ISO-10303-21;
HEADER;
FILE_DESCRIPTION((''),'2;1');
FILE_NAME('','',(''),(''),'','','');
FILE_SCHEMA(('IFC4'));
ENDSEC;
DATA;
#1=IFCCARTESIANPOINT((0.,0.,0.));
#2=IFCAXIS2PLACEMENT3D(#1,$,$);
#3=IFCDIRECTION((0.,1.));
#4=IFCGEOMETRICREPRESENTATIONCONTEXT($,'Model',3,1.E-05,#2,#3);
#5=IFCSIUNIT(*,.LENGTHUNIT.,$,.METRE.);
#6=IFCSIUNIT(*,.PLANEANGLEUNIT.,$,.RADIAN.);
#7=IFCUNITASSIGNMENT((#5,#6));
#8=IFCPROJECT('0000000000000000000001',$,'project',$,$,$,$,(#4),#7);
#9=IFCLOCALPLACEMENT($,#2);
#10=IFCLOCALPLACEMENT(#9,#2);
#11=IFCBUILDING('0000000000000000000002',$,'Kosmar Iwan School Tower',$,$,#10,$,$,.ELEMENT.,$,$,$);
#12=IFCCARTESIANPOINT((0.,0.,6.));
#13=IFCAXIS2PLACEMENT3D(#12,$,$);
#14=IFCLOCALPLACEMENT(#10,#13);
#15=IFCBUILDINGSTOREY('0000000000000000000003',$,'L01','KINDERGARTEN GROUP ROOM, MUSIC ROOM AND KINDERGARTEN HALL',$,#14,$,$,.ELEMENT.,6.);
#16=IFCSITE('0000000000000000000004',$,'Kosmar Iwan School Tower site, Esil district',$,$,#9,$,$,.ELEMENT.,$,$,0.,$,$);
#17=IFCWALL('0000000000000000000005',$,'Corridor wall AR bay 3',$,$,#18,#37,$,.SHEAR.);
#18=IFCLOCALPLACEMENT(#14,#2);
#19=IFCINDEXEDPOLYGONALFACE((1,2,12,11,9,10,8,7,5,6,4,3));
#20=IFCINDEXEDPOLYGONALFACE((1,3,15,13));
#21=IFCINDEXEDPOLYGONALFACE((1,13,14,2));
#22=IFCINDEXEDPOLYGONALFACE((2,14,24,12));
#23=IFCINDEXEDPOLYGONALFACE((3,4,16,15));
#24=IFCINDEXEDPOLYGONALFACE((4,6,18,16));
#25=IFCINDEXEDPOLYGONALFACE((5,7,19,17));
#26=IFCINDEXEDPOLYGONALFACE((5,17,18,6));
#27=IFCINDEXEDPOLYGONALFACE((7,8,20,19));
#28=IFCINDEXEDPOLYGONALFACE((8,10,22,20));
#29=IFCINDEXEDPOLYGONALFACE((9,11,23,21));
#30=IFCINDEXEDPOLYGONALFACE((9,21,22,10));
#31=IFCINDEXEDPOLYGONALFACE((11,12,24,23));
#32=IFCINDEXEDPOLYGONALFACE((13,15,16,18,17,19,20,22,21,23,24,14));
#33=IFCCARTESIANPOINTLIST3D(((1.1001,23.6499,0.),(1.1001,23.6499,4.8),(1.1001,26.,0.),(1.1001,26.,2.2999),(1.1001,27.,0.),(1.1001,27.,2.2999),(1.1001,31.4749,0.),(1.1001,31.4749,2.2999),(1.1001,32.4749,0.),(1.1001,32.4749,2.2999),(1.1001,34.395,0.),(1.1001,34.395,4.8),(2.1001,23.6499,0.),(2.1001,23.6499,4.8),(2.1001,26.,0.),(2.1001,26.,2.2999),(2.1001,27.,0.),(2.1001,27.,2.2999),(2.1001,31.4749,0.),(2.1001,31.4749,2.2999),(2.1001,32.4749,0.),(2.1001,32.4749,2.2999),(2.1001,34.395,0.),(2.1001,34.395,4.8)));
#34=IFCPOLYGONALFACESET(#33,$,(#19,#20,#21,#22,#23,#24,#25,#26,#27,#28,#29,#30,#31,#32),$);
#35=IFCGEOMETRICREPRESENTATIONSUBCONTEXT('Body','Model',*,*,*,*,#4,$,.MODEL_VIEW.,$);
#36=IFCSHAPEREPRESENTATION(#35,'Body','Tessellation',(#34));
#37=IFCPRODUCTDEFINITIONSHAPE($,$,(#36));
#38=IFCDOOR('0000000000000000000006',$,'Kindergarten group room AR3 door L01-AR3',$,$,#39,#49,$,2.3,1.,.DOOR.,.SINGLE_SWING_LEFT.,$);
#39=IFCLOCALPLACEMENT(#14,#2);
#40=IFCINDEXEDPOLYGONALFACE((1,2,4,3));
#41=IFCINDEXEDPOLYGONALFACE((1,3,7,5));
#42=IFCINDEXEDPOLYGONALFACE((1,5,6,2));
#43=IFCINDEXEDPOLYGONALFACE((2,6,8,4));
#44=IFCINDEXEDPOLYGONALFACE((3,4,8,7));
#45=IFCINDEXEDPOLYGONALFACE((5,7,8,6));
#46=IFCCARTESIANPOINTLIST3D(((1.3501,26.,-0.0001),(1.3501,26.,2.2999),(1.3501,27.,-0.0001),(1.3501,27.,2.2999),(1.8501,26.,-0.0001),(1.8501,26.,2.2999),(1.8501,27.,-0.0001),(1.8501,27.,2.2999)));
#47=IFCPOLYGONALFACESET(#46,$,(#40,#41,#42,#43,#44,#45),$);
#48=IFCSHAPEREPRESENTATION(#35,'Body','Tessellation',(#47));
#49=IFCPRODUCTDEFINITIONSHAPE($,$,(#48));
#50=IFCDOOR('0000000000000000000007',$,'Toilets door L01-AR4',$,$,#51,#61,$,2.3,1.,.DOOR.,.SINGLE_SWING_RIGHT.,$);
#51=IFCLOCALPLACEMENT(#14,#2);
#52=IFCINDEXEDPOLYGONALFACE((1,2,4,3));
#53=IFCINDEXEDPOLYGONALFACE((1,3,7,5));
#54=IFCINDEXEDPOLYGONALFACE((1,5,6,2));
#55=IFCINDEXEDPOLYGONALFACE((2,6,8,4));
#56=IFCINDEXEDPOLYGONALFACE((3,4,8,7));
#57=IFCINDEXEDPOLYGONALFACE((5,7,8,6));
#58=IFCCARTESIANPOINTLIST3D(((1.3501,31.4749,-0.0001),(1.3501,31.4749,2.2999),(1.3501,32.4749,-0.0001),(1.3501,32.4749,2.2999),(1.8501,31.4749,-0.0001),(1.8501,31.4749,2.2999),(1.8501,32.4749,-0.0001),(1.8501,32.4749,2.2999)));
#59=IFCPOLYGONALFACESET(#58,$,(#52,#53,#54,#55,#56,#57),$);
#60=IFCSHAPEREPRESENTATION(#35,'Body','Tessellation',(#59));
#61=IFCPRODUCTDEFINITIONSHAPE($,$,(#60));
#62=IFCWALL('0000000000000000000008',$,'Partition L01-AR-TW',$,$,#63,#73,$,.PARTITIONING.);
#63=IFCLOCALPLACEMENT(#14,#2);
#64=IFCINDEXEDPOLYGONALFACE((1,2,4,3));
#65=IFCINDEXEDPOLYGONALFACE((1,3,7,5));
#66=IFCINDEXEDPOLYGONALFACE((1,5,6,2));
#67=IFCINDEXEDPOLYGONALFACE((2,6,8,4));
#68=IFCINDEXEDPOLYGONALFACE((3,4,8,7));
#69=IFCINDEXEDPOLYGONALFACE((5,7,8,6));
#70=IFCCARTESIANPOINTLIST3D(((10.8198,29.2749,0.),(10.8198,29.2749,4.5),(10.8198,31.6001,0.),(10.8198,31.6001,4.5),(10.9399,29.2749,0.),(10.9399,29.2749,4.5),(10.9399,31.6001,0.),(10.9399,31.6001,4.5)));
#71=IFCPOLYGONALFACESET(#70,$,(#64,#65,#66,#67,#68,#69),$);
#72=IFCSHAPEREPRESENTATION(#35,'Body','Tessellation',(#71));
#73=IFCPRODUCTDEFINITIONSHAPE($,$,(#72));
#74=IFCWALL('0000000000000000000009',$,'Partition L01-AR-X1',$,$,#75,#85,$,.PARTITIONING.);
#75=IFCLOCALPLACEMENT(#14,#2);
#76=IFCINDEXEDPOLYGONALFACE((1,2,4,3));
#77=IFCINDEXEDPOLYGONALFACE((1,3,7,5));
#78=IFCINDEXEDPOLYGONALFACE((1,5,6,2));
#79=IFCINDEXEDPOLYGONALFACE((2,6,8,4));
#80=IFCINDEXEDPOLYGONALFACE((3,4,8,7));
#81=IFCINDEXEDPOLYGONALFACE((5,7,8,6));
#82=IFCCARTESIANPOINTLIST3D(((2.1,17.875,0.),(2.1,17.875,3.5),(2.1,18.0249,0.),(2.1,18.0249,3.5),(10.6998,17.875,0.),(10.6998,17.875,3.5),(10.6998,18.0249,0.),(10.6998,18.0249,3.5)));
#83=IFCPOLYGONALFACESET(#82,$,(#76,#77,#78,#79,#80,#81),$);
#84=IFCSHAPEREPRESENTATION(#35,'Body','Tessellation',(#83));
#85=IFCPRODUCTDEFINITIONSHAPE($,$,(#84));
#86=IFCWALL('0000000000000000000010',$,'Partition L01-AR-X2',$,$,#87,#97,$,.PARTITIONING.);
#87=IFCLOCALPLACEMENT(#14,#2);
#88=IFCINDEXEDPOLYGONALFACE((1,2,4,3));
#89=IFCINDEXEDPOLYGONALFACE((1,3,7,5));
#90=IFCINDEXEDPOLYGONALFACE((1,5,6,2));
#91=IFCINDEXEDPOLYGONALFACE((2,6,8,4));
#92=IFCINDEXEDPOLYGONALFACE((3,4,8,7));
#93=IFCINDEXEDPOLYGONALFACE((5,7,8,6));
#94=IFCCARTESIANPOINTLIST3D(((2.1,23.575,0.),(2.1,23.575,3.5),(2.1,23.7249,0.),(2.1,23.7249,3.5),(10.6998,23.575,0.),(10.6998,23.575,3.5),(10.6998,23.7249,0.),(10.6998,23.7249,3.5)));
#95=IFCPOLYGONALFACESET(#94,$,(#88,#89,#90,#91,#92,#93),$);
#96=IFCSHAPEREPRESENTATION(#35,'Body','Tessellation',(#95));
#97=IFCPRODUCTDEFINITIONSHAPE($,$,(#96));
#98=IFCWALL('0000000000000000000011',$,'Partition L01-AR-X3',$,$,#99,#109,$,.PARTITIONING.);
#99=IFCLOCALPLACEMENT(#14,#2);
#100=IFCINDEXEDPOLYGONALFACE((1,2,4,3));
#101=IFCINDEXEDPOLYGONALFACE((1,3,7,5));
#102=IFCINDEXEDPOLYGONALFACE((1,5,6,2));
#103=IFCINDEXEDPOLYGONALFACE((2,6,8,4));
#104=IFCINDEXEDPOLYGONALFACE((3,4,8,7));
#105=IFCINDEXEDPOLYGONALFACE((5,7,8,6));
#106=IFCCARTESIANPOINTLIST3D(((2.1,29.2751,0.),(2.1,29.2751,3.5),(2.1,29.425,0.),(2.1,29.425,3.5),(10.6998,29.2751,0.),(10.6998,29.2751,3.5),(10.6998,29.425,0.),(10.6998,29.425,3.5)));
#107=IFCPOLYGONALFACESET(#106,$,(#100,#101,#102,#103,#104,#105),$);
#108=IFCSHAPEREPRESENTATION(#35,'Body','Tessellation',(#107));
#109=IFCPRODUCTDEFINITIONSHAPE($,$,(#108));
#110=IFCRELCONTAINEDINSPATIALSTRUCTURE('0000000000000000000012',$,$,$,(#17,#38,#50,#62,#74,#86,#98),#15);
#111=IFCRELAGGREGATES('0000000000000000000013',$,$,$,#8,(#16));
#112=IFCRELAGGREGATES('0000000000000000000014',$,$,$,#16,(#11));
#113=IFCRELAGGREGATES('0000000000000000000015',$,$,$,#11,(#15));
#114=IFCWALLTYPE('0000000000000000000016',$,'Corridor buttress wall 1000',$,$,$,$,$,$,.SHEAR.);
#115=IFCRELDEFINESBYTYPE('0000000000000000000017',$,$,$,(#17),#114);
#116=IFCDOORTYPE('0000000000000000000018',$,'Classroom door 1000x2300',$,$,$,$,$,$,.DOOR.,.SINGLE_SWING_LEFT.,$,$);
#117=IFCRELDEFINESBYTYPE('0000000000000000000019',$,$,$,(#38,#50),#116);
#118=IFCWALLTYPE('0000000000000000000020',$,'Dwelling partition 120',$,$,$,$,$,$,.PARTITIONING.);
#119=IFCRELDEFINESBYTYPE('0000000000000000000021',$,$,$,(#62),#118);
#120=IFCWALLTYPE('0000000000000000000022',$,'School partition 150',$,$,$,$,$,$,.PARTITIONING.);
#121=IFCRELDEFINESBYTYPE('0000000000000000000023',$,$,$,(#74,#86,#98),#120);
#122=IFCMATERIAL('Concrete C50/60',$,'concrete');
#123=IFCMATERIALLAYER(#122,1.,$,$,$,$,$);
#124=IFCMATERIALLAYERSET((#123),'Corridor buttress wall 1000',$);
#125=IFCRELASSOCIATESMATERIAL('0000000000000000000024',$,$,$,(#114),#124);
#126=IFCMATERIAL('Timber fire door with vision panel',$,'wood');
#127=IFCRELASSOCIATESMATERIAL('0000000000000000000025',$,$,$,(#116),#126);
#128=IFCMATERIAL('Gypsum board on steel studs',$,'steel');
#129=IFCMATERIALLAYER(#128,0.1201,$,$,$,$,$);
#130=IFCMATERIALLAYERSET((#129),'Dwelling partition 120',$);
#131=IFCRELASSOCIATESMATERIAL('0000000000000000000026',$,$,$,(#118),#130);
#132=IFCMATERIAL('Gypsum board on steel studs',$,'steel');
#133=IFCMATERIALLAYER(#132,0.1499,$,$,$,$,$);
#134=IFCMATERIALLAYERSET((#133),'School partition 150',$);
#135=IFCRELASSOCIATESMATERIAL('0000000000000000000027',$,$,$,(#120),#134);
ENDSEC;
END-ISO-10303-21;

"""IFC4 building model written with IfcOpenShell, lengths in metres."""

from ifc_helpers import new_model, si_unit, direction, frame, frame_2d, origin, place, context, subcontext, project, spatial, rectangle, extrude, material, layer, layer_set, type_object, element, fill, save


model = new_model("IFC4")

# Units and contexts
model_context = context("Model", 3, precision=1e-05, world=origin(), true_north=direction((0.0, 1.0)))
body_context = subcontext(model_context, "Body", "Model", "MODEL_VIEW")
ifc_project = project(units=[si_unit("LENGTHUNIT", "METRE"), si_unit("PLANEANGLEUNIT", "RADIAN")], contexts=[model_context])

# Site, building, storey
site_placement = place(None, origin())
site = spatial("IfcSite", under=ifc_project, at=site_placement, Name="Kosmar Iwan School Tower site, Esil district", CompositionType="ELEMENT", RefElevation=0.0)
building_placement = place(site_placement, origin())
building = spatial("IfcBuilding", under=site, at=building_placement, Name="Kosmar Iwan School Tower", CompositionType="ELEMENT")
storey_placement = place(building_placement, frame((0.0, 0.0, 6.0)))
storey = spatial("IfcBuildingStorey", under=building, at=storey_placement, Name="L01", Description="KINDERGARTEN GROUP ROOM, MUSIC ROOM AND KINDERGARTEN HALL", CompositionType="ELEMENT", Elevation=6.0)

# Shared definitions
ifc_material_1 = material(Name="Concrete C50/60", Category="concrete")
ifc_layer_1 = layer(ifc_material_1, 1.0)
ifc_layer_set_1 = layer_set([ifc_layer_1], Name="Corridor buttress wall 1000")
wall_type_1 = type_object("IfcWallType", Name="Corridor buttress wall 1000", PredefinedType="SHEAR", material=ifc_layer_set_1)
ifc_material_2 = material(Name="Timber fire door with vision panel", Category="wood")
door_type = type_object("IfcDoorType", Name="Classroom door 1000x2300", OperationType="SINGLE_SWING_LEFT", PredefinedType="DOOR", material=ifc_material_2)

# Wall, openings, doors
wall_1_placement = place(storey_placement, frame((1.6001, 23.6499, 0.0), z_axis=(0.0, 0.0, 1.0), x_axis=(0.0, 1.0, 0.0)))
wall_1 = element("IfcWall", 1, at=wall_1_placement, inside=storey, type_object=wall_type_1, Name="Corridor wall AR bay 3", PredefinedType="SHEAR", context=body_context, shape_type="SweptSolid", body=[
    extrude(rectangle(XDim=10.7451, YDim=1.0, at=frame_2d((5.3726, 0.0))), origin(), (0.0, 0.0, 1.0), 4.8),
])
opening_1_placement = place(wall_1_placement, frame((2.3501, 0.0, 0.0)))
opening_1 = element("IfcOpeningElement", 2, at=opening_1_placement, cuts=wall_1, PredefinedType="OPENING", context=body_context, shape_type="SweptSolid", body=[
    extrude(rectangle(XDim=1.0, YDim=2.3, at=frame_2d((0.5, 1.1499))), frame((0.0, 0.512, 0.0), z_axis=(0.0, -1.0, 0.0), x_axis=(1.0, 0.0, 0.0)), (0.0, 0.0, 1.0), 1.0239),
])
opening_2_placement = place(wall_1_placement, frame((7.825, 0.0, 0.0)))
opening_2 = element("IfcOpeningElement", 3, at=opening_2_placement, cuts=wall_1, PredefinedType="OPENING", context=body_context, shape_type="SweptSolid", body=[
    extrude(rectangle(XDim=1.0, YDim=2.3, at=frame_2d((0.5, 1.1499))), frame((0.0, 0.512, 0.0), z_axis=(0.0, -1.0, 0.0), x_axis=(1.0, 0.0, 0.0)), (0.0, 0.0, 1.0), 1.0239),
])
door_1_placement = place(opening_1_placement, origin())
door_1 = element("IfcDoor", 4, at=door_1_placement, inside=storey, type_object=door_type, Name="Kindergarten group room AR3 door L01-AR3", OperationType="SINGLE_SWING_LEFT", OverallHeight=2.3, OverallWidth=1.0, PredefinedType="DOOR", context=body_context, shape_type="SweptSolid", body=[
    extrude(rectangle(XDim=1.0, YDim=2.3, at=frame_2d((0.5, 1.1499))), frame((0.0, 0.25, 0.0), z_axis=(0.0, -1.0, 0.0), x_axis=(1.0, 0.0, 0.0)), (0.0, 0.0, 1.0), 0.5),
])
fill(opening_1, door_1)
door_2_placement = place(opening_2_placement, origin())
door_2 = element("IfcDoor", 5, at=door_2_placement, inside=storey, type_object=door_type, Name="Toilets door L01-AR4", OperationType="SINGLE_SWING_RIGHT", OverallHeight=2.3, OverallWidth=1.0, PredefinedType="DOOR", context=body_context, shape_type="SweptSolid", body=[
    extrude(rectangle(XDim=1.0, YDim=2.3, at=frame_2d((0.5, 1.1499))), frame((0.0, 0.25, 0.0), z_axis=(0.0, -1.0, 0.0), x_axis=(1.0, 0.0, 0.0)), (0.0, 0.0, 1.0), 0.5),
])
fill(opening_2, door_2)

# Walls
ifc_material_3 = material(Name="Gypsum board on steel studs", Category="steel")
ifc_layer_2 = layer(ifc_material_3, 0.1201)
ifc_layer_set_2 = layer_set([ifc_layer_2], Name="Dwelling partition 120")
wall_type_2 = type_object("IfcWallType", Name="Dwelling partition 120", PredefinedType="PARTITIONING", material=ifc_layer_set_2)
wall_2_placement = place(storey_placement, frame((10.8799, 29.2749, 0.0), z_axis=(0.0, 0.0, 1.0), x_axis=(0.0, 1.0, 0.0)))
element("IfcWall", 6, at=wall_2_placement, inside=storey, type_object=wall_type_2, Name="Partition L01-AR-TW", PredefinedType="PARTITIONING", context=body_context, shape_type="SweptSolid", body=[
    extrude(rectangle(XDim=2.3252, YDim=0.1201, at=frame_2d((1.1626, 0.0))), origin(), (0.0, 0.0, 1.0), 4.5),
])
ifc_material_4 = material(Name="Gypsum board on steel studs", Category="steel")
ifc_layer_3 = layer(ifc_material_4, 0.1499)
ifc_layer_set_3 = layer_set([ifc_layer_3], Name="School partition 150")
wall_type_3 = type_object("IfcWallType", Name="School partition 150", PredefinedType="PARTITIONING", material=ifc_layer_set_3)
for number, where, z_axis, x_axis, name in (
    (7, (2.1001, 17.95, 0.0), (0.0, 0.0, 1.0), (1.0, 0.0, 0.0), "Partition L01-AR-X1"),
    (8, (2.1001, 23.6499, 0.0), (0.0, 0.0, 1.0), (1.0, 0.0, 0.0), "Partition L01-AR-X2"),
    (9, (2.1001, 29.3501, 0.0), (0.0, 0.0, 1.0), (1.0, 0.0, 0.0), "Partition L01-AR-X3"),
):
    element("IfcWall", number, at=place(storey_placement, frame(where, z_axis=z_axis, x_axis=x_axis)), inside=storey, type_object=wall_type_3, Name=name, PredefinedType="PARTITIONING", context=body_context, shape_type="SweptSolid", body=[
        extrude(rectangle(XDim=8.5999, YDim=0.1499, at=frame_2d((4.2998, 0.0))), origin(), (0.0, 0.0, 1.0), 3.5),
    ])

save(model, "model.ifc")
